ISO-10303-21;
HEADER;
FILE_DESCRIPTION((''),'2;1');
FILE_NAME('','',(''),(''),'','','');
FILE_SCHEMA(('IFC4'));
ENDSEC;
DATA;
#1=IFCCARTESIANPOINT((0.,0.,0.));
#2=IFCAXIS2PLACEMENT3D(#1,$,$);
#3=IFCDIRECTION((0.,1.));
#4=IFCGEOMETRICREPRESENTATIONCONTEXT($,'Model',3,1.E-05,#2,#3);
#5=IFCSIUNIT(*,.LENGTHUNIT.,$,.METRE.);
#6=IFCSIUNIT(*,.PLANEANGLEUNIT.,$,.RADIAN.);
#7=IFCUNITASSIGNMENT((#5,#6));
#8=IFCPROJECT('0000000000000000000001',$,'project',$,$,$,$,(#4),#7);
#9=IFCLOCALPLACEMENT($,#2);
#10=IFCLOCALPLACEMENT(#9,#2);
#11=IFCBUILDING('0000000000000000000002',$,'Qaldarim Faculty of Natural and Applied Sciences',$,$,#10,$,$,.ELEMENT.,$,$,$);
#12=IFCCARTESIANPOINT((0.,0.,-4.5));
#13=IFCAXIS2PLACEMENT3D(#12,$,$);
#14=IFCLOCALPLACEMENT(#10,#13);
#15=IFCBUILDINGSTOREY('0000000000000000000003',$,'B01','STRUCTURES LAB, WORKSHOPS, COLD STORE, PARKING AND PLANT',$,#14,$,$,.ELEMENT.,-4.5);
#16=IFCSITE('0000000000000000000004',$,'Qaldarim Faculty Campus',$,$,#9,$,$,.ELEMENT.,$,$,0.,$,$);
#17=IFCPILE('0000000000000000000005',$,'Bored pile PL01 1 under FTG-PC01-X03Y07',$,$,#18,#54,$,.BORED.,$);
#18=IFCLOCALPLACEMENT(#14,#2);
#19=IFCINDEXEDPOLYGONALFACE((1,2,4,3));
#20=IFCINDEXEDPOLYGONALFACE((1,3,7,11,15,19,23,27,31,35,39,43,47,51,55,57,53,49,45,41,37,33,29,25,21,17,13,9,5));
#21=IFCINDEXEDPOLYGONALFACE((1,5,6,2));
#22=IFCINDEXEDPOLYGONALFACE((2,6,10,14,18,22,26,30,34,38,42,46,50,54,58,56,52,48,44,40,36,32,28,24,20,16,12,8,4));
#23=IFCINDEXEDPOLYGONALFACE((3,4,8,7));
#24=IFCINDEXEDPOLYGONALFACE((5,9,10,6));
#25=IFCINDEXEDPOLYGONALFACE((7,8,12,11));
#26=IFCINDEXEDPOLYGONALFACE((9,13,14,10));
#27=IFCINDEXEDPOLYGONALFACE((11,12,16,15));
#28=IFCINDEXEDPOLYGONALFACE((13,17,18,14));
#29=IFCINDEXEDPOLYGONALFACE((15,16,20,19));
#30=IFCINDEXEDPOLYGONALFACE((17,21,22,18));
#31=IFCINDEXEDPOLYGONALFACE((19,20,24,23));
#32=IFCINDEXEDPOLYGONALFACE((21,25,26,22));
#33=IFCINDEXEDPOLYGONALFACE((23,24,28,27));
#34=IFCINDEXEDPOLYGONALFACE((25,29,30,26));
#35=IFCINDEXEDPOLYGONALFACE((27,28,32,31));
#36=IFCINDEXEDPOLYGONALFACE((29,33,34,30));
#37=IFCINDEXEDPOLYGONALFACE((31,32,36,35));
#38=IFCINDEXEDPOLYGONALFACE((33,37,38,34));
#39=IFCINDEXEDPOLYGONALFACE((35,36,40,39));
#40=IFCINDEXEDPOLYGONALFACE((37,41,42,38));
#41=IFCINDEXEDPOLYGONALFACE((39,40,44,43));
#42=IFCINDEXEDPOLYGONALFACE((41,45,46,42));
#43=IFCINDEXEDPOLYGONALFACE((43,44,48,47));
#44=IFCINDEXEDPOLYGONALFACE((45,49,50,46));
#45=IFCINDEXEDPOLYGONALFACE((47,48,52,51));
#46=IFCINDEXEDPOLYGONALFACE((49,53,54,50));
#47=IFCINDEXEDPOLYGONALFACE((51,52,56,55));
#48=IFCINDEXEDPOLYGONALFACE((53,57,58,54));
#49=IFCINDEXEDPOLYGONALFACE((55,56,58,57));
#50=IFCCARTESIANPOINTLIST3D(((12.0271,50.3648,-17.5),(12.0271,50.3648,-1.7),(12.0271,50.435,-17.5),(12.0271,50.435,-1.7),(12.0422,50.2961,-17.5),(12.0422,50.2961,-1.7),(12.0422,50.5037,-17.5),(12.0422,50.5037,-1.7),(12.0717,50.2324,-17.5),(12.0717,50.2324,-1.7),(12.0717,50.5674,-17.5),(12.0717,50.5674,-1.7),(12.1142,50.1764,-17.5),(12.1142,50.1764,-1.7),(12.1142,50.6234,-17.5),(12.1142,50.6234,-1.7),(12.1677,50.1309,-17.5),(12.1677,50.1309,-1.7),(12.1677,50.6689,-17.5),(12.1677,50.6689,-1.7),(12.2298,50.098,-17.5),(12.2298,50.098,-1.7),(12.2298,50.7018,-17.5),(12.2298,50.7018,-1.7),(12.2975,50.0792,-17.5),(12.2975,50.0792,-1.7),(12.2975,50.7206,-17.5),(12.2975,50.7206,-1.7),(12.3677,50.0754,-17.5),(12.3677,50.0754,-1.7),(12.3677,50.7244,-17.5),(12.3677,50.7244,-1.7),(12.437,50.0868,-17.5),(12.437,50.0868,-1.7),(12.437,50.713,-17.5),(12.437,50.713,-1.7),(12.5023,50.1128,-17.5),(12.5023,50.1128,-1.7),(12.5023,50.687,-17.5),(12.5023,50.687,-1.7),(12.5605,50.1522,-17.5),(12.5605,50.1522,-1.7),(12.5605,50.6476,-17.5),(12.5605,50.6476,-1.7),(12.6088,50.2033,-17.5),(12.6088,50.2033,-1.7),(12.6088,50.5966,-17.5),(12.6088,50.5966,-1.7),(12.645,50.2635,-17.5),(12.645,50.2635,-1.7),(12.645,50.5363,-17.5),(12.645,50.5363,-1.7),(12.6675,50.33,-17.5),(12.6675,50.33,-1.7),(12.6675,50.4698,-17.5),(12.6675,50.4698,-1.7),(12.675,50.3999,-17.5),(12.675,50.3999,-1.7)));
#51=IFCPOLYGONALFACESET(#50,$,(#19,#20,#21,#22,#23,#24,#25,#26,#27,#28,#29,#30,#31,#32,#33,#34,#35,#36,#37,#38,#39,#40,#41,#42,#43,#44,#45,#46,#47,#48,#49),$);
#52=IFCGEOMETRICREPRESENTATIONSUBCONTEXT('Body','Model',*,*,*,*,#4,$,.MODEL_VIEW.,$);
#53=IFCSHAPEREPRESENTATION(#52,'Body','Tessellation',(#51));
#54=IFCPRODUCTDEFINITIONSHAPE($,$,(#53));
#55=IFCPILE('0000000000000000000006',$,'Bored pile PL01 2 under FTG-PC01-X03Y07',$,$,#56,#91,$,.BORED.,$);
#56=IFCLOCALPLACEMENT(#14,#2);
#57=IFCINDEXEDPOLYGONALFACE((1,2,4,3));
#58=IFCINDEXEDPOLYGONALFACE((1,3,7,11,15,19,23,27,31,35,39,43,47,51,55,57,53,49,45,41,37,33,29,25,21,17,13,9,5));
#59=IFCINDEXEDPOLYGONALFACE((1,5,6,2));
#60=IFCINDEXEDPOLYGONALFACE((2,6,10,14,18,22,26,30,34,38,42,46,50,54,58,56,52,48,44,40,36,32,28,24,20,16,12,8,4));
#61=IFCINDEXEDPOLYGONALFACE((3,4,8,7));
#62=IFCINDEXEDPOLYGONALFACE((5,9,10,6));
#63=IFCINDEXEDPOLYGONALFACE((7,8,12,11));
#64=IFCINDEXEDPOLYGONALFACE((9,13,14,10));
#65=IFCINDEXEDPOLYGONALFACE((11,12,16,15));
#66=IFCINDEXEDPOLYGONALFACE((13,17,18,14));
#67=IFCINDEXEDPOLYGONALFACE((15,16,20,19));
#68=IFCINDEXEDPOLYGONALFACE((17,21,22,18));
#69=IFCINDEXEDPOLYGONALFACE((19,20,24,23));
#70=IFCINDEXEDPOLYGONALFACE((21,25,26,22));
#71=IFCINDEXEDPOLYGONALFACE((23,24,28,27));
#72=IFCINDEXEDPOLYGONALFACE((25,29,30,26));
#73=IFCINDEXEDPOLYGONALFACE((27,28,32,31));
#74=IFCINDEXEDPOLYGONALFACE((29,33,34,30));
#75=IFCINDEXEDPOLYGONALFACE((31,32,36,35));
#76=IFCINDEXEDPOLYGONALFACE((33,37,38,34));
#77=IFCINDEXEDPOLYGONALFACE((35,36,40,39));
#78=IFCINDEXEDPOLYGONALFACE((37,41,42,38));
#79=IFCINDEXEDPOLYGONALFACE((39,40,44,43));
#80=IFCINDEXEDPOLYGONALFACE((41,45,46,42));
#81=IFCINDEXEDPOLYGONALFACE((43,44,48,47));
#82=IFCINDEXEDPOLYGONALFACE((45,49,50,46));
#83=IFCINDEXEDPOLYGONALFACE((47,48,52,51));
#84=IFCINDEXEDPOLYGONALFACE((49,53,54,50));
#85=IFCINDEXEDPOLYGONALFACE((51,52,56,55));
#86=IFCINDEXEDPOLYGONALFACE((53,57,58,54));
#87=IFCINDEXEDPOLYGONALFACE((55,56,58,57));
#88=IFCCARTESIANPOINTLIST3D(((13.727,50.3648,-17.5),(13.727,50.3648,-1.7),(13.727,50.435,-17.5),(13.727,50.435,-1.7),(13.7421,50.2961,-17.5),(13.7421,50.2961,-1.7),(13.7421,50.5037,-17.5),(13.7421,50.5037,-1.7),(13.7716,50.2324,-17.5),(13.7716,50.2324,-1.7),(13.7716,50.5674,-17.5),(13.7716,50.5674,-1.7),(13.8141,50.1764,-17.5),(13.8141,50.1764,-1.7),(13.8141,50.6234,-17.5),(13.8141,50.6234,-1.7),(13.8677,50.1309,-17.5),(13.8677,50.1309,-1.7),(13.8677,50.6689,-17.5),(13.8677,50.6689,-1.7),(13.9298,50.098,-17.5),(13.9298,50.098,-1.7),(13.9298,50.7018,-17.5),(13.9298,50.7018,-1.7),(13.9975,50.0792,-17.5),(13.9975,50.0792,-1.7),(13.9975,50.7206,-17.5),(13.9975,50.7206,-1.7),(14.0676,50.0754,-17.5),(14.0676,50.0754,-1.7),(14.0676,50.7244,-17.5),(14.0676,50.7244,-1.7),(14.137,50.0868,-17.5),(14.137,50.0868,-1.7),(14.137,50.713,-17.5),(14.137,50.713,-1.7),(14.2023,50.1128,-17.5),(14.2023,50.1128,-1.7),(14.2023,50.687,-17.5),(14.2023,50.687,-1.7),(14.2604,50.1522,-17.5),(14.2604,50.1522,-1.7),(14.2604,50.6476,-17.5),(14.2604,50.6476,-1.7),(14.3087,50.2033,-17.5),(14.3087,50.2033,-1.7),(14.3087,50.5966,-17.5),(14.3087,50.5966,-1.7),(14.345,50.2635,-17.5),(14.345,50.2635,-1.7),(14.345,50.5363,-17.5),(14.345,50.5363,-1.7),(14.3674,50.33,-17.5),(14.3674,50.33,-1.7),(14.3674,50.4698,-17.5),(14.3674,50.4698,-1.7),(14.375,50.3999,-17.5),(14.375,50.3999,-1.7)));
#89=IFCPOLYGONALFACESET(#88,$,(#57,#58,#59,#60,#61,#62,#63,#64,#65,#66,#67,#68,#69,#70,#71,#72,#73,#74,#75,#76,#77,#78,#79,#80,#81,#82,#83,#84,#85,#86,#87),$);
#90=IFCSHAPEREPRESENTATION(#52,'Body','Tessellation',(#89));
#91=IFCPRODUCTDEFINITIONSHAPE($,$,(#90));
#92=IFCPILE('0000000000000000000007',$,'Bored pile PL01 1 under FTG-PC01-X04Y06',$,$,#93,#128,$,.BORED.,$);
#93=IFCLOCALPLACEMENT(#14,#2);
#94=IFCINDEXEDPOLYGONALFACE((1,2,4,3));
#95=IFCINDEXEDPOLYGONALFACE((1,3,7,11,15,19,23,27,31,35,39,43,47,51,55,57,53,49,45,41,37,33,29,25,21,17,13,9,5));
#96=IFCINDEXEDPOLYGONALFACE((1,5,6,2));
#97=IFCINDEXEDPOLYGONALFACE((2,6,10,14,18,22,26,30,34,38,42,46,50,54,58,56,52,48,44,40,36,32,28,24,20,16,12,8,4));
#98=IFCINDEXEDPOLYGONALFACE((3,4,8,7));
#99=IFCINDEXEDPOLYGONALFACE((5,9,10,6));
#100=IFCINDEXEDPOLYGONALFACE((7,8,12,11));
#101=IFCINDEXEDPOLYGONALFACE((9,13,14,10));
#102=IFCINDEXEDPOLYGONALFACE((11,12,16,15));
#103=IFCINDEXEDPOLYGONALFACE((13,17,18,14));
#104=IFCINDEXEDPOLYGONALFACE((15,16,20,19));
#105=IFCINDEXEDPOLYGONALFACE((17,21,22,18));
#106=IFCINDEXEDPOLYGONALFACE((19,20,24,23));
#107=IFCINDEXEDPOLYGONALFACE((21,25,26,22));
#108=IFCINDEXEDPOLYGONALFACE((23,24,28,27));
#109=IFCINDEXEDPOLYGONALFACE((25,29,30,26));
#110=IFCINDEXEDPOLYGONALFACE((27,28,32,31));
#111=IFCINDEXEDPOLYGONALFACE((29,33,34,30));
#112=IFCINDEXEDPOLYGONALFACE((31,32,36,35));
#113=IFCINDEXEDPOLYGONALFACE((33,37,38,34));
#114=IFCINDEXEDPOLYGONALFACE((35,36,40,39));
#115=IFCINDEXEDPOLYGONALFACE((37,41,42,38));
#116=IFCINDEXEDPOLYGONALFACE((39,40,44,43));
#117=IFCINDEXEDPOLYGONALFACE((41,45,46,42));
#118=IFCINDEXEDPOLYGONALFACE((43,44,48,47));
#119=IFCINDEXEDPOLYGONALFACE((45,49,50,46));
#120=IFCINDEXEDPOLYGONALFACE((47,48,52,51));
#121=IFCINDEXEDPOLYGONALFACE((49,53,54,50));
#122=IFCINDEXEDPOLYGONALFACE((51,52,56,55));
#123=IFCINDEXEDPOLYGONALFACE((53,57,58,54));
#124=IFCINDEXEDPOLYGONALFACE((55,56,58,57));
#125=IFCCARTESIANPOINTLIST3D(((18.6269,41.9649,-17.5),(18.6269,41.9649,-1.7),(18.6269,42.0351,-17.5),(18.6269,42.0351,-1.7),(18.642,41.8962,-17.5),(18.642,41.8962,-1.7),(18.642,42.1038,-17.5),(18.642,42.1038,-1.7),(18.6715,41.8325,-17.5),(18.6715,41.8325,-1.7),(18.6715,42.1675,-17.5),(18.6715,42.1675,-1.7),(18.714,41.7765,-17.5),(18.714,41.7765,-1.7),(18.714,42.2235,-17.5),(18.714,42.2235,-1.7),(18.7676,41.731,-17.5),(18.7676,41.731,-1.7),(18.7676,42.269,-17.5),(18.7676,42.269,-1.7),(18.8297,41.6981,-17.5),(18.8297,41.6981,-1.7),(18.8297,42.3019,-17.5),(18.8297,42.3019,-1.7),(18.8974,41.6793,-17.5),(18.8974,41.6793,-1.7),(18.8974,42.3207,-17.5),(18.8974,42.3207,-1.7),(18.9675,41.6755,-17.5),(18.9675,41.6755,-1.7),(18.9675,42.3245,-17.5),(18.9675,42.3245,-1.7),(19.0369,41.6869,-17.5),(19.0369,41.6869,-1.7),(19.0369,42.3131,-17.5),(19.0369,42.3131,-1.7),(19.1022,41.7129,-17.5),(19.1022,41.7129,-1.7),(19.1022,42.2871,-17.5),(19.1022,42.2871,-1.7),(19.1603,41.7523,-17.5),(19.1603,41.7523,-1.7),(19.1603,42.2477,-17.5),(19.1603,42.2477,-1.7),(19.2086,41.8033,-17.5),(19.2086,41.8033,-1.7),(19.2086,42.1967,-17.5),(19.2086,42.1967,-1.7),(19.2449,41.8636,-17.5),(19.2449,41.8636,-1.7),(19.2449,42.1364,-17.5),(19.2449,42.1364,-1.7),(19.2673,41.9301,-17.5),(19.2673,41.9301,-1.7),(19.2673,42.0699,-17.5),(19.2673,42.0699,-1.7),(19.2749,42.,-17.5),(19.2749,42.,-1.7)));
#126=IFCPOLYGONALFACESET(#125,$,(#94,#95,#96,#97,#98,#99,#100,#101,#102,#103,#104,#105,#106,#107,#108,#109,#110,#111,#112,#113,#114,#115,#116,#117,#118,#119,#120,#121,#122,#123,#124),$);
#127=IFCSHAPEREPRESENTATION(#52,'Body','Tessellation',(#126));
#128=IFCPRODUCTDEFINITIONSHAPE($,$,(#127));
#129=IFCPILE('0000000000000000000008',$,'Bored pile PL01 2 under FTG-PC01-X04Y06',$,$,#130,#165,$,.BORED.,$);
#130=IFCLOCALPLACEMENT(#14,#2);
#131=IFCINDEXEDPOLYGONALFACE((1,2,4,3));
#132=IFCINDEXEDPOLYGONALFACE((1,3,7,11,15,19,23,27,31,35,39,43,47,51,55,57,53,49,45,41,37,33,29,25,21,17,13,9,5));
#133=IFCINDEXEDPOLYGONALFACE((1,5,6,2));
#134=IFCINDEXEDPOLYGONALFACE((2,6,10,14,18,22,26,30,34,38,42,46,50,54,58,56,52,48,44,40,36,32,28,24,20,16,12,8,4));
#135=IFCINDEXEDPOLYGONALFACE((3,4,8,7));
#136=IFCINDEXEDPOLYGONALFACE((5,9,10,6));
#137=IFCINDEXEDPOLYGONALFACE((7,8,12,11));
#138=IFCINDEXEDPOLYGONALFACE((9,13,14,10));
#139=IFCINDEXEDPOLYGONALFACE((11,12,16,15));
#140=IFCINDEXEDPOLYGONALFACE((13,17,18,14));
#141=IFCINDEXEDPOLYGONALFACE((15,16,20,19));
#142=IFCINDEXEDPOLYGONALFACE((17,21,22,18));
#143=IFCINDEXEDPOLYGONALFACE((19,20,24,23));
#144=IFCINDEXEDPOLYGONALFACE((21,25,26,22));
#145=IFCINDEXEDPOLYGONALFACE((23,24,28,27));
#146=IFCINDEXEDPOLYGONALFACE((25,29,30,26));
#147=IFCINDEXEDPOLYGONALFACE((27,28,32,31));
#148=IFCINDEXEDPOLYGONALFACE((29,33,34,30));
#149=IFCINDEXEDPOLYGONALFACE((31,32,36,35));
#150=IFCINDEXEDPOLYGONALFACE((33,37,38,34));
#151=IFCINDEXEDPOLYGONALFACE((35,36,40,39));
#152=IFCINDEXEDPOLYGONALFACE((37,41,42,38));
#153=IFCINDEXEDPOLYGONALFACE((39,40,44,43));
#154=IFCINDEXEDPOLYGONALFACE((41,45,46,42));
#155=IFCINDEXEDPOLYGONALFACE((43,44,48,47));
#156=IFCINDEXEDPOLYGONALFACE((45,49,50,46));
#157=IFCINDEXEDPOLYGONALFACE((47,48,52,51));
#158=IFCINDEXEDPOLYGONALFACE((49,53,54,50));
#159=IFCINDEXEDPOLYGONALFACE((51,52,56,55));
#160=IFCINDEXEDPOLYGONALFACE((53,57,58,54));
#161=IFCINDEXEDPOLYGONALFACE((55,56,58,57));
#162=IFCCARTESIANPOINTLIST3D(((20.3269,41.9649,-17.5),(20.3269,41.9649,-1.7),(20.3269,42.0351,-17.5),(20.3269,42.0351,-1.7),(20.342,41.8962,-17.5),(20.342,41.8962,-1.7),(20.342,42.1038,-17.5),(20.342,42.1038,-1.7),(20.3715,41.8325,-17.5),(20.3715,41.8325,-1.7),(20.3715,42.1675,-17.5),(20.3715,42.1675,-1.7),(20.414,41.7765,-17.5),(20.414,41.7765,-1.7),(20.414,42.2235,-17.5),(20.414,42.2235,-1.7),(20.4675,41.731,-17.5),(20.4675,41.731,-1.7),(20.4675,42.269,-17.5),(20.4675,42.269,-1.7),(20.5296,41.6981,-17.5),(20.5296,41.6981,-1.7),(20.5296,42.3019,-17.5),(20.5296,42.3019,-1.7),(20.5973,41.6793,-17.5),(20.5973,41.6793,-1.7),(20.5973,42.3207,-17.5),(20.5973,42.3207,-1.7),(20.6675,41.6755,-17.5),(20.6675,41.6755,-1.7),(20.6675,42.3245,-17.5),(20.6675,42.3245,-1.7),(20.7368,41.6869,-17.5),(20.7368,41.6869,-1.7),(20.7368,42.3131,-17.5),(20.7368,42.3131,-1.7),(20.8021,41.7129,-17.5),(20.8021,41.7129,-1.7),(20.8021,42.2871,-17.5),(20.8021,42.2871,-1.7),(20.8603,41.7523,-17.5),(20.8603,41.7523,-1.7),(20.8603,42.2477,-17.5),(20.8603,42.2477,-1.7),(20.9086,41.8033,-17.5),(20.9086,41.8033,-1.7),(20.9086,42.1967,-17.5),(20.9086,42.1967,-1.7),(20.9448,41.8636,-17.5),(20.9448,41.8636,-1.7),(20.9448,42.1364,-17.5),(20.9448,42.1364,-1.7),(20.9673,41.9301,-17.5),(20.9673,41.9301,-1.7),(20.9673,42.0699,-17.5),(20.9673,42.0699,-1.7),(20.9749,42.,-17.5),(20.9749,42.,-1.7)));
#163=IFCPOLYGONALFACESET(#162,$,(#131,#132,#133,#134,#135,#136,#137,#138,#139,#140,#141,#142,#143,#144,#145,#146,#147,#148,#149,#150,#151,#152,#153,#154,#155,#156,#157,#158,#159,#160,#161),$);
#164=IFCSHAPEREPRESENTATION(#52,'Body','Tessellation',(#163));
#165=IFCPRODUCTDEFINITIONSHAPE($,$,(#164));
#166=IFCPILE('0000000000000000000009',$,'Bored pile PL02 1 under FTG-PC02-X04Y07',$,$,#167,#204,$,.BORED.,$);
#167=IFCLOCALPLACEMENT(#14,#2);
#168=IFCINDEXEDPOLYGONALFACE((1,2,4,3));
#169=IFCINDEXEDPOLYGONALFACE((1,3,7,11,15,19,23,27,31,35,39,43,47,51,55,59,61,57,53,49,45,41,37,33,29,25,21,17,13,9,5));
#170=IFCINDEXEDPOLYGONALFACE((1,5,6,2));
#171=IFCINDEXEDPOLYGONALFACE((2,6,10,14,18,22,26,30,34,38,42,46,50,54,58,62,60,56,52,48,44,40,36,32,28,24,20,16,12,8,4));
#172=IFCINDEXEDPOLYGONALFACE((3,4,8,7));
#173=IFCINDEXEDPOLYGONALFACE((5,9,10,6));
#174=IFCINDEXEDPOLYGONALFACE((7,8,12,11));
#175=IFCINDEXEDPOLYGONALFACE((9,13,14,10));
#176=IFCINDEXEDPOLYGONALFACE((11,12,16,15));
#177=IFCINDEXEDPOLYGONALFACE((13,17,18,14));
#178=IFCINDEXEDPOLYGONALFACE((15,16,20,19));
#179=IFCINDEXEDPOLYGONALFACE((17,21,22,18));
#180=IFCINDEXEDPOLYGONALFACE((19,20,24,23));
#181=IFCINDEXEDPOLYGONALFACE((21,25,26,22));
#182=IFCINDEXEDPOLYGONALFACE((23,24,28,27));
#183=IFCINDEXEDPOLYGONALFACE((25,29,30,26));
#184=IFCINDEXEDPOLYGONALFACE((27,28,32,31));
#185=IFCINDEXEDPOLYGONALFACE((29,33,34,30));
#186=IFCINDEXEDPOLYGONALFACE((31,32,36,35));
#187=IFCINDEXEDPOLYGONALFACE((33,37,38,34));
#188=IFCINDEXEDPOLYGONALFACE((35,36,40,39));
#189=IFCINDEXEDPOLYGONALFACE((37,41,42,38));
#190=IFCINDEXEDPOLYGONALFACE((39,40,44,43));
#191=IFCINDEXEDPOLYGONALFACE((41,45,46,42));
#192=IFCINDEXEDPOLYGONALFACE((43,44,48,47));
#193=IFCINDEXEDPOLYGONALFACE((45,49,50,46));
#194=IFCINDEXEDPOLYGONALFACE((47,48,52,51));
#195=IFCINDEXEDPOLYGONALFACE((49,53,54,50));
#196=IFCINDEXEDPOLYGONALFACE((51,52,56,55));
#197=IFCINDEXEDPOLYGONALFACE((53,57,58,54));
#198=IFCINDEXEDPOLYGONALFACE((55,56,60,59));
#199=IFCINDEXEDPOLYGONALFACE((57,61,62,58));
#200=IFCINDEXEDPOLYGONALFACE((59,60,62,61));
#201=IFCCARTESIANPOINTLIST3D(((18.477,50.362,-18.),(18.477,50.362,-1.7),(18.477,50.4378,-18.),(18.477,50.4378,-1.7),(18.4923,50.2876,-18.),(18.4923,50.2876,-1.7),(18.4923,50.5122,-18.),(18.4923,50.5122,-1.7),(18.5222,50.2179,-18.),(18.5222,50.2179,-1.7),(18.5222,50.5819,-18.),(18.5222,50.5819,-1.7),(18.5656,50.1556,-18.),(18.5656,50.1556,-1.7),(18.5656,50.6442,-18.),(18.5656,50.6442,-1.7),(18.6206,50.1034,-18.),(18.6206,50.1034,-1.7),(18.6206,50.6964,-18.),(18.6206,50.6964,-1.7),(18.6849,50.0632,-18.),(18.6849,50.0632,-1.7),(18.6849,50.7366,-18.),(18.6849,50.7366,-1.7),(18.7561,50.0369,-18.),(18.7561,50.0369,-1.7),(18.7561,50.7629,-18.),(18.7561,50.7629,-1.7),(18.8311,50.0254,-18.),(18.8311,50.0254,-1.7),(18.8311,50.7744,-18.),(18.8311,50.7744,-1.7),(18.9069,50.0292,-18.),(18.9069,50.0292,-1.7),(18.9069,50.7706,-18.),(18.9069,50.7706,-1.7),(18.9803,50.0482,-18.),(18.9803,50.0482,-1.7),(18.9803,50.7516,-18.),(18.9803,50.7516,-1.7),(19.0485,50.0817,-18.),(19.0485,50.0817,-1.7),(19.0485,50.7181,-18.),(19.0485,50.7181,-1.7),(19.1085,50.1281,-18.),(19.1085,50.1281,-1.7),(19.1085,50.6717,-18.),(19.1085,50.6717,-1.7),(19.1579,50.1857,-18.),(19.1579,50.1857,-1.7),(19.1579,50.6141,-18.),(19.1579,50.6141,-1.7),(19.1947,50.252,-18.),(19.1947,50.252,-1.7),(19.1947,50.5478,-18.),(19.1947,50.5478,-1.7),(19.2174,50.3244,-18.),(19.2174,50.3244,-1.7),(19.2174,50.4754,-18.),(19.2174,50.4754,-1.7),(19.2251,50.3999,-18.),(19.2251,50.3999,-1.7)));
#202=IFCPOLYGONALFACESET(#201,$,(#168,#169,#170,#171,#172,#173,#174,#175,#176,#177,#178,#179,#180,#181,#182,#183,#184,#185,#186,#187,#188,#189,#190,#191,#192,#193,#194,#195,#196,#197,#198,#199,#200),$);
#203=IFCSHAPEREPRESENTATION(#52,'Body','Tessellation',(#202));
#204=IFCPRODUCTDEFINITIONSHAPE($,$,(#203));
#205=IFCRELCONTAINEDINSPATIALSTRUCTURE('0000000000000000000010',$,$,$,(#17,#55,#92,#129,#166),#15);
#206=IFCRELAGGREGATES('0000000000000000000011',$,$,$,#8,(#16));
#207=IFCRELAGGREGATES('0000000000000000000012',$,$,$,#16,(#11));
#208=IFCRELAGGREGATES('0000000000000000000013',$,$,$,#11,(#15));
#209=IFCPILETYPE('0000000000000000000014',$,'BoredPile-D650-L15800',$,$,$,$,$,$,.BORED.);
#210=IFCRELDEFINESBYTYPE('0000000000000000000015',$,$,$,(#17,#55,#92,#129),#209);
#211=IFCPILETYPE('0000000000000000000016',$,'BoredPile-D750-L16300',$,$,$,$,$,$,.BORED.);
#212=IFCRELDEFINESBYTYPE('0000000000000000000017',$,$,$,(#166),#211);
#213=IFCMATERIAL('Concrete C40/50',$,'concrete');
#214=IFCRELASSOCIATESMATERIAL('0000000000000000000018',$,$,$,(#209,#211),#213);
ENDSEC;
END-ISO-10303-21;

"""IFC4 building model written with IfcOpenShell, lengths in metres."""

from ifc_helpers import new_model, si_unit, direction, frame, origin, origin_2d, place, context, subcontext, project, spatial, circle, extrude, material, material_profile, profile_set, type_object, element, save


model = new_model("IFC4")

# Units and contexts
model_context = context("Model", 3, precision=1e-05, world=origin(), true_north=direction((0.0, 1.0)))
body_context = subcontext(model_context, "Body", "Model", "MODEL_VIEW")
ifc_project = project(units=[si_unit("LENGTHUNIT", "METRE"), si_unit("PLANEANGLEUNIT", "RADIAN")], contexts=[model_context])

# Site, building, storey
site_placement = place(None, origin())
site = spatial("IfcSite", under=ifc_project, at=site_placement, Name="Qaldarim Faculty Campus", CompositionType="ELEMENT", RefElevation=0.0)
building_placement = place(site_placement, origin())
building = spatial("IfcBuilding", under=site, at=building_placement, Name="Qaldarim Faculty of Natural and Applied Sciences", CompositionType="ELEMENT")
storey_placement = place(building_placement, frame((0.0, 0.0, -4.5)))
storey = spatial("IfcBuildingStorey", under=building, at=storey_placement, Name="B01", Description="STRUCTURES LAB, WORKSHOPS, COLD STORE, PARKING AND PLANT", CompositionType="ELEMENT", Elevation=-4.5)

# Piles
ifc_material_1 = material(Name="Concrete C40/50", Category="concrete")
ifc_material_profile_1 = material_profile(ifc_material_1, circle(Radius=0.325, at=origin_2d()), Name="PILE-D650")
ifc_profile_set_1 = profile_set([ifc_material_profile_1], Name="Concrete C40/50")
pile_type_1 = type_object("IfcPileType", Name="BoredPile-D650-L15800", PredefinedType="BORED", material=ifc_profile_set_1)
for number, where, z_axis, x_axis, name in (
    (1, (12.3501, 50.3999, -1.7), (0.0, 0.0, -1.0), (1.0, 0.0, 0.0), "Bored pile PL01 1 under FTG-PC01-X03Y07"),
    (2, (14.05, 50.3999, -1.7), (0.0, 0.0, -1.0), (1.0, 0.0, 0.0), "Bored pile PL01 2 under FTG-PC01-X03Y07"),
    (3, (18.95, 42.0, -1.7), (0.0, 0.0, -1.0), (1.0, 0.0, 0.0), "Bored pile PL01 1 under FTG-PC01-X04Y06"),
    (4, (20.6499, 42.0, -1.7), (0.0, 0.0, -1.0), (1.0, 0.0, 0.0), "Bored pile PL01 2 under FTG-PC01-X04Y06"),
):
    element("IfcPile", number, at=place(storey_placement, frame(where, z_axis=z_axis, x_axis=x_axis)), inside=storey, type_object=pile_type_1, Name=name, PredefinedType="BORED", context=body_context, shape_type="SweptSolid", body=[
        extrude(circle(Radius=0.325, at=origin_2d()), origin(), (0.0, 0.0, 1.0), 15.8),
    ])
ifc_material_profile_2 = material_profile(ifc_material_1, circle(Radius=0.375, at=origin_2d()), Name="PILE-D750")
ifc_profile_set_2 = profile_set([ifc_material_profile_2], Name="Concrete C40/50")
pile_type_2 = type_object("IfcPileType", Name="BoredPile-D750-L16300", PredefinedType="BORED", material=ifc_profile_set_2)
pile_1_placement = place(storey_placement, frame((18.8501, 50.3999, -1.7), z_axis=(0.0, 0.0, -1.0), x_axis=(1.0, 0.0, 0.0)))
element("IfcPile", 5, at=pile_1_placement, inside=storey, type_object=pile_type_2, Name="Bored pile PL02 1 under FTG-PC02-X04Y07", PredefinedType="BORED", context=body_context, shape_type="SweptSolid", body=[
    extrude(circle(Radius=0.375, at=origin_2d()), origin(), (0.0, 0.0, 1.0), 16.3),
])

save(model, "model.ifc")
